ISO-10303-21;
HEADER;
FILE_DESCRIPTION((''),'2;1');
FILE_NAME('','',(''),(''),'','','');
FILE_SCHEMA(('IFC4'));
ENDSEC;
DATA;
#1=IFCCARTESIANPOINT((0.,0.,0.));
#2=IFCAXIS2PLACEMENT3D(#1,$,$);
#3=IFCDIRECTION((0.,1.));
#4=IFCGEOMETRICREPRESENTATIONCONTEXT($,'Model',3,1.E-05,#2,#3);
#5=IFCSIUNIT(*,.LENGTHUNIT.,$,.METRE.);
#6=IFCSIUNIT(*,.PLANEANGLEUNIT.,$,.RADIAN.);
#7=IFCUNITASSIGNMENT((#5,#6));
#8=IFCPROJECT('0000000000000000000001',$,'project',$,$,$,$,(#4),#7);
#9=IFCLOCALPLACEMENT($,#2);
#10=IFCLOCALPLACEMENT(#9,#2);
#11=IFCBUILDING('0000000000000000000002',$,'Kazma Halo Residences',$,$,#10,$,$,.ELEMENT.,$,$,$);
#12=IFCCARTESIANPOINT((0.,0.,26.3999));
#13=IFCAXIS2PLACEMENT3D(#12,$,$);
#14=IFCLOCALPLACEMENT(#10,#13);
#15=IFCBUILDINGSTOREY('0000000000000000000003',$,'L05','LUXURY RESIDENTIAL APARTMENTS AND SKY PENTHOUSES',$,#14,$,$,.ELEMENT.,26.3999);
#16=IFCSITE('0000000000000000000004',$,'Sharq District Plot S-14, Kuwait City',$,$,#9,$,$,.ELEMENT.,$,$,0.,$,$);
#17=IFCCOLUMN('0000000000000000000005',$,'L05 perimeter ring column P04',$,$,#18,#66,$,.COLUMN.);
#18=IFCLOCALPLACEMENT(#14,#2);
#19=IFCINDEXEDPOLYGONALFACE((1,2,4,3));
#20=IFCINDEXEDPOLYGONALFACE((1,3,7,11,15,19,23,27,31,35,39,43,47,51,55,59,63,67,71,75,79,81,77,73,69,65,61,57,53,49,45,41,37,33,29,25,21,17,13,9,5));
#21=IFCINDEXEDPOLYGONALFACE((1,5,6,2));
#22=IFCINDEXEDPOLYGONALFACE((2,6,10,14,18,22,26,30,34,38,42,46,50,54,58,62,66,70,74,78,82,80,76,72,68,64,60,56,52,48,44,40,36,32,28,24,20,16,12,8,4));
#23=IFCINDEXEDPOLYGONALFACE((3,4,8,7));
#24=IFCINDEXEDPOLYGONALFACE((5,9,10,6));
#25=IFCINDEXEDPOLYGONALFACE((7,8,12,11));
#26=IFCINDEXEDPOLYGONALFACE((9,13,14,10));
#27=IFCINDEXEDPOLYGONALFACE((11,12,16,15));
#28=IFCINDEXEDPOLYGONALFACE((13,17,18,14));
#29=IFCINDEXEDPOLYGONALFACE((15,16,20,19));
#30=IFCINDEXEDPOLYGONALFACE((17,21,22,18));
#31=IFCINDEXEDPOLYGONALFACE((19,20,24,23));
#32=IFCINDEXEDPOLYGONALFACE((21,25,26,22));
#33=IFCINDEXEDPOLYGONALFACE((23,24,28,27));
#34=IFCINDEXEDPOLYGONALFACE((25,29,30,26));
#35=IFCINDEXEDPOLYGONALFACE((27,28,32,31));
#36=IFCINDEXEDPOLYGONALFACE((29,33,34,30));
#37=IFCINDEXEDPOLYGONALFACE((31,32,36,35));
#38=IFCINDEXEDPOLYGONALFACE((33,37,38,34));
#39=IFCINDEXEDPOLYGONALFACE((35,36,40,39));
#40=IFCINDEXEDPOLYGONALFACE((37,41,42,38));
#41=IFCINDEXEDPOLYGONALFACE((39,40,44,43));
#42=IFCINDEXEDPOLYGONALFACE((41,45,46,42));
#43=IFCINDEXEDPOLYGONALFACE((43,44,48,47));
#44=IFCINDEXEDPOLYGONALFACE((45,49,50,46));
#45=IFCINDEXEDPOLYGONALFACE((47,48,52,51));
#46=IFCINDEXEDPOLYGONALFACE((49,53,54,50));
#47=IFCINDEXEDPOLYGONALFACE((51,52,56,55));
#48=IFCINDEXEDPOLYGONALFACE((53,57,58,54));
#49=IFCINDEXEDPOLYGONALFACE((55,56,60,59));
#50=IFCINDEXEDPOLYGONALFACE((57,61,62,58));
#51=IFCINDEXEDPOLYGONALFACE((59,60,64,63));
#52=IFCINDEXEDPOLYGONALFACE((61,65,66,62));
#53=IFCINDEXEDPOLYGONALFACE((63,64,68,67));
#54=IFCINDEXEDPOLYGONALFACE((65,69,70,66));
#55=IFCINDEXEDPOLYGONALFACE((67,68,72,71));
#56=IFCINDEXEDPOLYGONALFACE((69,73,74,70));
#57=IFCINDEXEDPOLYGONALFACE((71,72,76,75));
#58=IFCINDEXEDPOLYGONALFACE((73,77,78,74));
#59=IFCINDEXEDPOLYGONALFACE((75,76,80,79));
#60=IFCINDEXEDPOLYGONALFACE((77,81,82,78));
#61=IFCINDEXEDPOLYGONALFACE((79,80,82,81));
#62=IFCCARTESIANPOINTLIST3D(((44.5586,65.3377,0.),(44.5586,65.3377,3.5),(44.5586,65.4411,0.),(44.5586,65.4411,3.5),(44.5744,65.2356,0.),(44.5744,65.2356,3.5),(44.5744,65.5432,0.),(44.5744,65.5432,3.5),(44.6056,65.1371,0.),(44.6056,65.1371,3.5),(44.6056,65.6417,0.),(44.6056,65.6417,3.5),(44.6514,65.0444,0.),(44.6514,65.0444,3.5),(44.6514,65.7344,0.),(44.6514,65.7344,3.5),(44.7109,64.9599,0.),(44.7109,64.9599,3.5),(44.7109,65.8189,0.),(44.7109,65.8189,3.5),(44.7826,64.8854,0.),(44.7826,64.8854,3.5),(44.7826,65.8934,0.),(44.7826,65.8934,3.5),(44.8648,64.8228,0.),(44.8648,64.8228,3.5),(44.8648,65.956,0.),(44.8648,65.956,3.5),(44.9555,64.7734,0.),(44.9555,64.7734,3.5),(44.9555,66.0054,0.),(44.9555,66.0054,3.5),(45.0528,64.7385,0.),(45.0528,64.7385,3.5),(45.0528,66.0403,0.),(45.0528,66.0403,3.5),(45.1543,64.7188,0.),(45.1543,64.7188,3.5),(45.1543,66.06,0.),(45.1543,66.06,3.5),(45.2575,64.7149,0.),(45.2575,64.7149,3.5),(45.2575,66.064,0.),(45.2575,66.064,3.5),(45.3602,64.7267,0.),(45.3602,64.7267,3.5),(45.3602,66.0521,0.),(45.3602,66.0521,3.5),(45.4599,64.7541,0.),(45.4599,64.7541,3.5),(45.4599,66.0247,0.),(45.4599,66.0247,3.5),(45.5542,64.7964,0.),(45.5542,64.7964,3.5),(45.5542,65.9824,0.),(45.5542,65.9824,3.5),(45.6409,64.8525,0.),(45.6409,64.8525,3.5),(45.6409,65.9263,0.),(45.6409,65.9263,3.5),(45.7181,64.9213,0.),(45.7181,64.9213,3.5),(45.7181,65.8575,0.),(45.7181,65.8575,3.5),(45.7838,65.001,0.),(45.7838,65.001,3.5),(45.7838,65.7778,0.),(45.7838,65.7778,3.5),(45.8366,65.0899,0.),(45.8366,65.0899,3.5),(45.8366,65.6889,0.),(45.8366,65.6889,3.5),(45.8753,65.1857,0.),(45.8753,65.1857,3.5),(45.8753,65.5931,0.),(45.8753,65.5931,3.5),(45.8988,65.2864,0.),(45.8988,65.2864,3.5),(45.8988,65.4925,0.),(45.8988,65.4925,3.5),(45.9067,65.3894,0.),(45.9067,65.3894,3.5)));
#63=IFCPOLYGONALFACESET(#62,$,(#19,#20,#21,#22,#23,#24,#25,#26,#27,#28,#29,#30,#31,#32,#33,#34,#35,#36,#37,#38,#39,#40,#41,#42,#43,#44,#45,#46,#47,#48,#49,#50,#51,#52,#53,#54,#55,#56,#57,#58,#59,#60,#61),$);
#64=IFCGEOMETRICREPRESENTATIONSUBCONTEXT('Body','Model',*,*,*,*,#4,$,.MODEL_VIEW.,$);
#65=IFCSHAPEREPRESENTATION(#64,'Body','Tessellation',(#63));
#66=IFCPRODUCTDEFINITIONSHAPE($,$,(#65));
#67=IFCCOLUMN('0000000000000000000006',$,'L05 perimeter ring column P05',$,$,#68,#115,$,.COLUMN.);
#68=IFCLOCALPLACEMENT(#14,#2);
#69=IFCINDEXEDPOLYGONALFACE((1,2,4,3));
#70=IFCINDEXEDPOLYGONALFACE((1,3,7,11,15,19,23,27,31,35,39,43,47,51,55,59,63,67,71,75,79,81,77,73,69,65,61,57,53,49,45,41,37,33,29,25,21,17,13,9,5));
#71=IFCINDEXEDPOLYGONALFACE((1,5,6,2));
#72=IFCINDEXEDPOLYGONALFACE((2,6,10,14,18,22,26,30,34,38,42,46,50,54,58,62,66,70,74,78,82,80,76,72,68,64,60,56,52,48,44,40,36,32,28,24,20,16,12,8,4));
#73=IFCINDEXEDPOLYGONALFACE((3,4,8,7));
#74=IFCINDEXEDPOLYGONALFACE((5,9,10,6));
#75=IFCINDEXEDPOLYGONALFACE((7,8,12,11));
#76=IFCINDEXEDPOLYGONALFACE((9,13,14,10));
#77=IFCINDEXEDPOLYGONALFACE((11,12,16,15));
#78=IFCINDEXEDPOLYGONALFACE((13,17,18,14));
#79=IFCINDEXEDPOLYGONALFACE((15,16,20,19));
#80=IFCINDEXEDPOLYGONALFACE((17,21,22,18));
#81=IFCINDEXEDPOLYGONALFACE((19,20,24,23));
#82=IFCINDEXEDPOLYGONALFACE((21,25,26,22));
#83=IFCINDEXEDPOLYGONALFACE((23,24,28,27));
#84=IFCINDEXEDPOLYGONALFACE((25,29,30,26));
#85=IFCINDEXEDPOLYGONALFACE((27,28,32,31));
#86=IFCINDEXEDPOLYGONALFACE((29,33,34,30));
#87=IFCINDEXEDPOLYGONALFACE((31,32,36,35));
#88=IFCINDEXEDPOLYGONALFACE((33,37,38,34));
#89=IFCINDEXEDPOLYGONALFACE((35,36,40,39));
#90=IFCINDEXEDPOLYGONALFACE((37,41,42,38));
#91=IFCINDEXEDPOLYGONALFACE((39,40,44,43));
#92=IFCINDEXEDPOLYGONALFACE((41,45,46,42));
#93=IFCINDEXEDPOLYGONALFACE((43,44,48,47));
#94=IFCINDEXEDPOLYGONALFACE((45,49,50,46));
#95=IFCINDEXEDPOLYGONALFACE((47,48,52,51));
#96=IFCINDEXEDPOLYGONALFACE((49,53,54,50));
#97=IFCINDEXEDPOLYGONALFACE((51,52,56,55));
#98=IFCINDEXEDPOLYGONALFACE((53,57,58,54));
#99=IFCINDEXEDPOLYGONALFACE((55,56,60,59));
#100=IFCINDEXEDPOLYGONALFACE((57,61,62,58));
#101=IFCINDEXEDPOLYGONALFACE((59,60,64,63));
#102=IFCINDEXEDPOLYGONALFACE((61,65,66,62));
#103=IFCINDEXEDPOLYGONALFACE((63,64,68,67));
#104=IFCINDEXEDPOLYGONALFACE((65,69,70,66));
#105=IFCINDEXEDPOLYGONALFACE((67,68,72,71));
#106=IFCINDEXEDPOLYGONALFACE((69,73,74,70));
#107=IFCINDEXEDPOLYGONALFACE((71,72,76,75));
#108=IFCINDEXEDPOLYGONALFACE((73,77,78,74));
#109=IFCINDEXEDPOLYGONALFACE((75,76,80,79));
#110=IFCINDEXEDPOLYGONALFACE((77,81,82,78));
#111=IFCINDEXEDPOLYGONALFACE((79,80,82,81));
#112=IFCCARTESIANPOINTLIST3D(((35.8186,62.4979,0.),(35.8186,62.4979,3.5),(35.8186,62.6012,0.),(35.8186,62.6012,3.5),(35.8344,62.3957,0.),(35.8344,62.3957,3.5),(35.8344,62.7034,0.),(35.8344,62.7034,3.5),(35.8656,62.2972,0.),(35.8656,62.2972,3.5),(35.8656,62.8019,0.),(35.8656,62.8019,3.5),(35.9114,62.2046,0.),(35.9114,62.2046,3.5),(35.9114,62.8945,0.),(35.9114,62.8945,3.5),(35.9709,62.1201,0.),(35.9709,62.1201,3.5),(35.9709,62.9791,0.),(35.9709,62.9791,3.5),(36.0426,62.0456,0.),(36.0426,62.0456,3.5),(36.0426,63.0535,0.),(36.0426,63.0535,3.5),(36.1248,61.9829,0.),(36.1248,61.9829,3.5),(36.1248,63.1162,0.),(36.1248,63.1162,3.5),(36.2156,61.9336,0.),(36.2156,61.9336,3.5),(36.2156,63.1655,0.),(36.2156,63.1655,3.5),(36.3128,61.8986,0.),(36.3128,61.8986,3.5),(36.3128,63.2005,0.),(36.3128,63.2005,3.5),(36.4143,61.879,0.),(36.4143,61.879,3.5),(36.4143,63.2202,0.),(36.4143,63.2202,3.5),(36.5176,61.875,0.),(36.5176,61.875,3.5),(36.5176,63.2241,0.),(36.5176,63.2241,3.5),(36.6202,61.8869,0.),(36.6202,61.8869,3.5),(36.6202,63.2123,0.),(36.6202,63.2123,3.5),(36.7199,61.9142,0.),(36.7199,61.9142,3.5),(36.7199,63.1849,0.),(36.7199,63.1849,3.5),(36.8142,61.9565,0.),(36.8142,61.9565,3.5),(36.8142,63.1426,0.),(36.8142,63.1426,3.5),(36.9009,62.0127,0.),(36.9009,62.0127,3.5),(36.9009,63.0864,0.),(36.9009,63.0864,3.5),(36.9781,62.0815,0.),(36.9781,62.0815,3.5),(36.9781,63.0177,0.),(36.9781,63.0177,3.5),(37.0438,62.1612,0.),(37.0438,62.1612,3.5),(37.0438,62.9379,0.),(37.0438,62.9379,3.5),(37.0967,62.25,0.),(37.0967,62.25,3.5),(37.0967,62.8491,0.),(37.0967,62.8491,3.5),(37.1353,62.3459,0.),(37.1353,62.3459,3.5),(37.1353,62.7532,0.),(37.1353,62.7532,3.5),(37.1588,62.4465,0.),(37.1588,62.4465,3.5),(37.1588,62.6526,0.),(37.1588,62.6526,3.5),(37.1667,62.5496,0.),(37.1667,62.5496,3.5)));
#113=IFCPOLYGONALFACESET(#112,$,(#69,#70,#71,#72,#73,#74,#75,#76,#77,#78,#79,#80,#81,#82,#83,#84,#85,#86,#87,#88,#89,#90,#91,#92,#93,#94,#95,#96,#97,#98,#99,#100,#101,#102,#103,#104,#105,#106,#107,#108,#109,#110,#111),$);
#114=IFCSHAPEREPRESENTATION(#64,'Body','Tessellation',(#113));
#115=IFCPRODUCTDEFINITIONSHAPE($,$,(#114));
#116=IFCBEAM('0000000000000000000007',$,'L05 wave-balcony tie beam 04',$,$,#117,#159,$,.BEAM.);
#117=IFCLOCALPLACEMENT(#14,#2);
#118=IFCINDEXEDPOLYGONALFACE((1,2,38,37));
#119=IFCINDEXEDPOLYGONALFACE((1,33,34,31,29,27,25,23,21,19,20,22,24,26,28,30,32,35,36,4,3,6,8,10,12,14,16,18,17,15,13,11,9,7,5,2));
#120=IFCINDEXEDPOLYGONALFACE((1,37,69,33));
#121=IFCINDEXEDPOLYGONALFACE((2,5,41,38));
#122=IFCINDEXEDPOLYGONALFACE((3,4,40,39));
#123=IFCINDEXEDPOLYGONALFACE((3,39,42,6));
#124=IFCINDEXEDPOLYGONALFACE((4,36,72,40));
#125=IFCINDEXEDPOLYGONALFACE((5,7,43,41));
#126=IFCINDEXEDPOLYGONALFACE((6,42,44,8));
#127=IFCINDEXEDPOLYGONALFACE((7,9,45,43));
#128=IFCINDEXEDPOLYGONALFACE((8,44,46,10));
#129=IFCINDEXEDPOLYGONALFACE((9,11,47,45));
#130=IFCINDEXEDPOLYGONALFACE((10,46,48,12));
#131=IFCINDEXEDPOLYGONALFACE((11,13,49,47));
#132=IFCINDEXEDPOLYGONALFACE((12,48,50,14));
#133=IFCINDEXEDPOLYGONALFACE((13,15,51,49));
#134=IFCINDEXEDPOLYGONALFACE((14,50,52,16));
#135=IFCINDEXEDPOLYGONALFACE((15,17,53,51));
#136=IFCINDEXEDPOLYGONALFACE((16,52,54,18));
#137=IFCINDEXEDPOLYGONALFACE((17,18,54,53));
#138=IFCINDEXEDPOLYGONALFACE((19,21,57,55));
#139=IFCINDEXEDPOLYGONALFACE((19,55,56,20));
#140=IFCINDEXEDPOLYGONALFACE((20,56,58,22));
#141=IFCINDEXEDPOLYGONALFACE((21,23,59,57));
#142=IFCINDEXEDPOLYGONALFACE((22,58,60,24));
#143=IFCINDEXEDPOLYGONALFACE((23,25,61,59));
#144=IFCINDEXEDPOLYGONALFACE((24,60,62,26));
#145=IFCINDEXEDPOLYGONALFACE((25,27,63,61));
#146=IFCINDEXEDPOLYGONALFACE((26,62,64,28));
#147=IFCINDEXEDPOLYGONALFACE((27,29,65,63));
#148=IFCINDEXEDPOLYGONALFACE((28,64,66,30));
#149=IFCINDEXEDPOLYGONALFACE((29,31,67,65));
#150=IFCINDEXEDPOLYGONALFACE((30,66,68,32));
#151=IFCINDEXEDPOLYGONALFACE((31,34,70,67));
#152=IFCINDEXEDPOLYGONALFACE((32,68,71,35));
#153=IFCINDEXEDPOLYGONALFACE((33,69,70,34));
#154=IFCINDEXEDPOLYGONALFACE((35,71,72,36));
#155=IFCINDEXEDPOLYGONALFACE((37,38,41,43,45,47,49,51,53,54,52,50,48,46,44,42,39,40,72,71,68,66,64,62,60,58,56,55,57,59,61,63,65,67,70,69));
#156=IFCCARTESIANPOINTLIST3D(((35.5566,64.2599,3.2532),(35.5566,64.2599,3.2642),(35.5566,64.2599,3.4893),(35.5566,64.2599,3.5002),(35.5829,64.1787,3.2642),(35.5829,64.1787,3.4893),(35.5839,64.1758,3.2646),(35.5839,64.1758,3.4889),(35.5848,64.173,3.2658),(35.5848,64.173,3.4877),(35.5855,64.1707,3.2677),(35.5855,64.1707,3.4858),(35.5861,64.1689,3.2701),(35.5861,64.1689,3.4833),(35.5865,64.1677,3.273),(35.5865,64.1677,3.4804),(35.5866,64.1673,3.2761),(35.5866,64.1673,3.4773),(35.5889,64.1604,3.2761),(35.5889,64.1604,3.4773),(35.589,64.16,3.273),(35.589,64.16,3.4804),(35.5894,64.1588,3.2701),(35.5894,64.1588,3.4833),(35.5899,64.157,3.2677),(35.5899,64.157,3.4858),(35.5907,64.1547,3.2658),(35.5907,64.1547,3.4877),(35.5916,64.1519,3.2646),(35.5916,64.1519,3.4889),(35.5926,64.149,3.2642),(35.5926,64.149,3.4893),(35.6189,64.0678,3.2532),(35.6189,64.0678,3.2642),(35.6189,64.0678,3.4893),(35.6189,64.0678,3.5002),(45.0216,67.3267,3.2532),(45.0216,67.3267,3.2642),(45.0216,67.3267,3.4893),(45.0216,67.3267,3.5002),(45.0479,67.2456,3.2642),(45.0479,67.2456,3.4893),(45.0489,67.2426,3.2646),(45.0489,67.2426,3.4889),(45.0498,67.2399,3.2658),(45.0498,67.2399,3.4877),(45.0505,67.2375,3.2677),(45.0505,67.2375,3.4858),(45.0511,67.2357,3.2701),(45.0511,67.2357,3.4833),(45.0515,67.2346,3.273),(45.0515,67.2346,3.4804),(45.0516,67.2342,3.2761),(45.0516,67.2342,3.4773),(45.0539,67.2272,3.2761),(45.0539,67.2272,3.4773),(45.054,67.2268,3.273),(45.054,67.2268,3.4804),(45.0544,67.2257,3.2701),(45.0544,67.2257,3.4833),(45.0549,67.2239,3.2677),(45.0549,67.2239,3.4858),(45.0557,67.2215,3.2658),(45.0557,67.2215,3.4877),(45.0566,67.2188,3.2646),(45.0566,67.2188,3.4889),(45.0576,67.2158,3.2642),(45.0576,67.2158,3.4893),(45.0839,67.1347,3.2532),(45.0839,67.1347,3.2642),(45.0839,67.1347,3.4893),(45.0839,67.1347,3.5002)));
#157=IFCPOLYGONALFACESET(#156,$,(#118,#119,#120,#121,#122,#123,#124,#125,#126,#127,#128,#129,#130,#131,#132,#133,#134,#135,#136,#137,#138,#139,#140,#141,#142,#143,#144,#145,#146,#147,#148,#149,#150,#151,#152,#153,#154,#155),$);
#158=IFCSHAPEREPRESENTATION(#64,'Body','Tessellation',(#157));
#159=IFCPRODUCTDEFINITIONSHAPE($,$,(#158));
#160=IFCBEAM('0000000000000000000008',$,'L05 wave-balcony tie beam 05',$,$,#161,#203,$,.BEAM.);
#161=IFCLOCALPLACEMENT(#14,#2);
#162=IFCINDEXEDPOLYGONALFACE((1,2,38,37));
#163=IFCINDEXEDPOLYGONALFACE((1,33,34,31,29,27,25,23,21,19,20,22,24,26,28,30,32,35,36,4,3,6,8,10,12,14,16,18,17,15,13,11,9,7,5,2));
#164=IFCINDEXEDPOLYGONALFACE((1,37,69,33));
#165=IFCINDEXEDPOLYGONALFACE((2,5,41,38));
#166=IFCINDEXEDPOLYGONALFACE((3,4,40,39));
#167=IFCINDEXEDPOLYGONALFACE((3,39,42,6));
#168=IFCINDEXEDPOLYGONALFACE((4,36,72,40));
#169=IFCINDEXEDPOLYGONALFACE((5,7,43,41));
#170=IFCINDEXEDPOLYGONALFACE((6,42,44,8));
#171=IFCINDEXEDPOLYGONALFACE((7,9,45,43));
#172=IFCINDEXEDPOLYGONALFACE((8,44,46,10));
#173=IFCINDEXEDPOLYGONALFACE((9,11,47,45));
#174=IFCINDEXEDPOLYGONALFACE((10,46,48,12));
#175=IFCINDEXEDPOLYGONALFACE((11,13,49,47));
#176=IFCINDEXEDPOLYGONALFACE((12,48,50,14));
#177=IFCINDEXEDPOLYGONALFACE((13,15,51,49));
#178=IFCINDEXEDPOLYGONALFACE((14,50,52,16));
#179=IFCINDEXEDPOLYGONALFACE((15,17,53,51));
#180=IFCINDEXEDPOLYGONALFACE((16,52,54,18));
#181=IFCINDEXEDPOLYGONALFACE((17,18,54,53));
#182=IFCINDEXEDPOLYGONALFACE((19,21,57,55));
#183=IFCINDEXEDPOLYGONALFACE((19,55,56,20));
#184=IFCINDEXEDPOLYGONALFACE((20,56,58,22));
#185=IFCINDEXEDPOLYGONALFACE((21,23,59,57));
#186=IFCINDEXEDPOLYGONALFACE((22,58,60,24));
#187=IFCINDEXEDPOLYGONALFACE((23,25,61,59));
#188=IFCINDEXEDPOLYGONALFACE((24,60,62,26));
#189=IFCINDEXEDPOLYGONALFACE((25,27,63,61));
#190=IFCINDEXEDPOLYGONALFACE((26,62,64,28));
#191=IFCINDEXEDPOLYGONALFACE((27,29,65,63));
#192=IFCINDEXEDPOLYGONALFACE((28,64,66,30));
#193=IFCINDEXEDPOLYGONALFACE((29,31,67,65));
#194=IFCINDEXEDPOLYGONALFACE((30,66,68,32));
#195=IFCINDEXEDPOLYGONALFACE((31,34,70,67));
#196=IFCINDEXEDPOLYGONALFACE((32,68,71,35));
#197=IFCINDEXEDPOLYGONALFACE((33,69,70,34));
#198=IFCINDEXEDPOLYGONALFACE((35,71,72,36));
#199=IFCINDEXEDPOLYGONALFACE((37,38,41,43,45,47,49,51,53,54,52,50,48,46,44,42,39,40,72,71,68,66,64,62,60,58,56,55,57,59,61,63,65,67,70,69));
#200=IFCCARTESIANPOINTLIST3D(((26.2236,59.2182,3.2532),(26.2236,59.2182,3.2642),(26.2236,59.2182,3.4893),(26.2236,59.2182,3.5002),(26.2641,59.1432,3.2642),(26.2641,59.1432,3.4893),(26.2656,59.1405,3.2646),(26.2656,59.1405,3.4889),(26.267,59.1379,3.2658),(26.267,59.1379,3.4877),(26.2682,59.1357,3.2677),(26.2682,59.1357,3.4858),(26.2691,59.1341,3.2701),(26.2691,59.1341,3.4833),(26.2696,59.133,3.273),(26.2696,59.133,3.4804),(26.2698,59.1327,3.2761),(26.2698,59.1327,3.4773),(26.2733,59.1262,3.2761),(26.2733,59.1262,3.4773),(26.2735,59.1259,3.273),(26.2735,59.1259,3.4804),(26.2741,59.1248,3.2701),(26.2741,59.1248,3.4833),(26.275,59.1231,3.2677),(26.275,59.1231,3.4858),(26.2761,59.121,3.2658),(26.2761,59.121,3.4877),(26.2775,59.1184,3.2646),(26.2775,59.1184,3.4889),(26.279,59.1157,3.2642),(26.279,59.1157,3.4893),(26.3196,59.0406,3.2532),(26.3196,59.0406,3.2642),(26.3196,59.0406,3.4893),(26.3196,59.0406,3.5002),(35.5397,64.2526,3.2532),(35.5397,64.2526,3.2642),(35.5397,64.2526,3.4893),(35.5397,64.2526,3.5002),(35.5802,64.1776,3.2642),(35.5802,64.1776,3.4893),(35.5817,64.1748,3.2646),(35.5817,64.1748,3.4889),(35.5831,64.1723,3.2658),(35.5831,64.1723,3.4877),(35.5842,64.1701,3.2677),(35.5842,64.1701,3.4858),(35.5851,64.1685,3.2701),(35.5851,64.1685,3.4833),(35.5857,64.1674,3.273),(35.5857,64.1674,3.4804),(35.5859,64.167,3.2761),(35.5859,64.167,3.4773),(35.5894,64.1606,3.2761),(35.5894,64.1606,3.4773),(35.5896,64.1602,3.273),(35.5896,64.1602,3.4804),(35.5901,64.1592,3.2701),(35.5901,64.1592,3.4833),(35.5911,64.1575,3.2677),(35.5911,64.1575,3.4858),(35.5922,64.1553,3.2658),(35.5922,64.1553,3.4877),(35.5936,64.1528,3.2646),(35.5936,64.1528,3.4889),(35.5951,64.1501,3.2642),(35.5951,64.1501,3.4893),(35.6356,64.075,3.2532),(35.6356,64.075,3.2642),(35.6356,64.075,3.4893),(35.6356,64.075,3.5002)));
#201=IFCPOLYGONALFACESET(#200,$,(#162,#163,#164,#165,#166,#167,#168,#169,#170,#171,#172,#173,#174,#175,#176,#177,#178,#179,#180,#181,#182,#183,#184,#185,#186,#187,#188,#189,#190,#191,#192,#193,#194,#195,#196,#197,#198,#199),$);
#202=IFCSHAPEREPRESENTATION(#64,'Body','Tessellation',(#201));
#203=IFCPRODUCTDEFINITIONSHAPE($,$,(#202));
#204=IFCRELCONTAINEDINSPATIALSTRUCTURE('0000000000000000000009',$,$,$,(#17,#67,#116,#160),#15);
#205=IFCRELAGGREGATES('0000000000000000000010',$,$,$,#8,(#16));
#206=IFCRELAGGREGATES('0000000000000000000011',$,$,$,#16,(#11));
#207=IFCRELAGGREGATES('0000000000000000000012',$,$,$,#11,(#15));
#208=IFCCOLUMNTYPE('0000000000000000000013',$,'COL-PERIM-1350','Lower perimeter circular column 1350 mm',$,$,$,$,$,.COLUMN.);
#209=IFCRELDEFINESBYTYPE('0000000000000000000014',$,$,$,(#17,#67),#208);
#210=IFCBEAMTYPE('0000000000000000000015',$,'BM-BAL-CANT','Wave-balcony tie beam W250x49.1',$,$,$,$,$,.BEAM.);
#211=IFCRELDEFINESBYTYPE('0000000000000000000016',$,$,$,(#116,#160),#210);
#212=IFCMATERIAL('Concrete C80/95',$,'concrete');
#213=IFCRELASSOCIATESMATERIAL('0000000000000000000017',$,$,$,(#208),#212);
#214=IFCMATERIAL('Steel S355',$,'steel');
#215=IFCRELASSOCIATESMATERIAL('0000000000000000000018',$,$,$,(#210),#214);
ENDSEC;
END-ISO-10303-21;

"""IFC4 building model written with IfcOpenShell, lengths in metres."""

from ifc_helpers import new_model, si_unit, direction, frame, origin, origin_2d, place, context, subcontext, project, spatial, circle, i_section, extrude, material, material_profile, profile_set, type_object, element, save


model = new_model("IFC4")

# Units and contexts
model_context = context("Model", 3, precision=1e-05, world=origin(), true_north=direction((0.0, 1.0)))
body_context = subcontext(model_context, "Body", "Model", "MODEL_VIEW")
ifc_project = project(units=[si_unit("LENGTHUNIT", "METRE"), si_unit("PLANEANGLEUNIT", "RADIAN")], contexts=[model_context])

# Site, building, storey
site_placement = place(None, origin())
site = spatial("IfcSite", under=ifc_project, at=site_placement, Name="Sharq District Plot S-14, Kuwait City", CompositionType="ELEMENT", RefElevation=0.0)
building_placement = place(site_placement, origin())
building = spatial("IfcBuilding", under=site, at=building_placement, Name="Kazma Halo Residences", CompositionType="ELEMENT")
storey_placement = place(building_placement, frame((0.0, 0.0, 26.3999)))
storey = spatial("IfcBuildingStorey", under=building, at=storey_placement, Name="L05", Description="LUXURY RESIDENTIAL APARTMENTS AND SKY PENTHOUSES", CompositionType="ELEMENT", Elevation=26.3999)

# Columns
ifc_material_1 = material(Name="Concrete C80/95", Category="concrete")
ifc_material_profile_1 = material_profile(ifc_material_1, circle(Radius=0.675, at=origin_2d()), Name="CIRC1350")
ifc_profile_set_1 = profile_set([ifc_material_profile_1], Name="Concrete C80/95")
column_type = type_object("IfcColumnType", Name="COL-PERIM-1350", Description="Lower perimeter circular column 1350 mm", PredefinedType="COLUMN", material=ifc_profile_set_1)
for number, where, z_axis, x_axis, name in (
    (1, (45.2317, 65.3894, 0.0), (0.0, 0.0, 1.0), (1.0, 0.0, 0.0), "L05 perimeter ring column P04"),
    (2, (36.4917, 62.5496, 0.0), (0.0, 0.0, 1.0), (1.0, 0.0, 0.0), "L05 perimeter ring column P05"),
):
    element("IfcColumn", number, at=place(storey_placement, frame(where, z_axis=z_axis, x_axis=x_axis)), inside=storey, type_object=column_type, Name=name, PredefinedType="COLUMN", context=body_context, shape_type="SweptSolid", body=[
        extrude(circle(Radius=0.675, at=origin_2d()), origin(), (0.0, 0.0, 1.0), 3.5),
    ])

# Beams
ifc_material_2 = material(Name="Steel S355", Category="steel")
ifc_material_profile_2 = material_profile(ifc_material_2, i_section(OverallWidth=0.2019, OverallDepth=0.2471, WebThickness=0.0073, FlangeThickness=0.011, FilletRadius=0.012, at=origin_2d()), Name="W250x49.1")
ifc_profile_set_2 = profile_set([ifc_material_profile_2], Name="Steel S355")
beam_type_1 = type_object("IfcBeamType", Name="BM-BAL-CANT", Description="Wave-balcony tie beam W250x49.1", PredefinedType="BEAM", material=ifc_profile_set_2)
beam_1_placement = place(storey_placement, frame((45.0527, 67.2307, 3.3767), z_axis=(-0.951307, -0.308244, 0.0), x_axis=(0.308244, -0.951307, 0.0)))
element("IfcBeam", 3, at=beam_1_placement, inside=storey, type_object=beam_type_1, Name="L05 wave-balcony tie beam 04", PredefinedType="BEAM", context=body_context, shape_type="SweptSolid", body=[
    extrude(i_section(OverallWidth=0.2019, OverallDepth=0.2471, WebThickness=0.0073, FlangeThickness=0.011, FilletRadius=0.012, at=origin_2d()), origin(), (0.0, 0.0, 1.0), 9.9495),
])
beam_2_placement = place(storey_placement, frame((35.5876, 64.1638, 3.3767), z_axis=(-0.879759, -0.475419, 0.0), x_axis=(0.475419, -0.879759, 0.0)))
element("IfcBeam", 4, at=beam_2_placement, inside=storey, type_object=beam_type_1, Name="L05 wave-balcony tie beam 05", PredefinedType="BEAM", context=body_context, shape_type="SweptSolid", body=[
    extrude(i_section(OverallWidth=0.2019, OverallDepth=0.2471, WebThickness=0.0073, FlangeThickness=0.011, FilletRadius=0.012, at=origin_2d()), origin(), (0.0, 0.0, 1.0), 10.5894),
])

save(model, "model.ifc")
